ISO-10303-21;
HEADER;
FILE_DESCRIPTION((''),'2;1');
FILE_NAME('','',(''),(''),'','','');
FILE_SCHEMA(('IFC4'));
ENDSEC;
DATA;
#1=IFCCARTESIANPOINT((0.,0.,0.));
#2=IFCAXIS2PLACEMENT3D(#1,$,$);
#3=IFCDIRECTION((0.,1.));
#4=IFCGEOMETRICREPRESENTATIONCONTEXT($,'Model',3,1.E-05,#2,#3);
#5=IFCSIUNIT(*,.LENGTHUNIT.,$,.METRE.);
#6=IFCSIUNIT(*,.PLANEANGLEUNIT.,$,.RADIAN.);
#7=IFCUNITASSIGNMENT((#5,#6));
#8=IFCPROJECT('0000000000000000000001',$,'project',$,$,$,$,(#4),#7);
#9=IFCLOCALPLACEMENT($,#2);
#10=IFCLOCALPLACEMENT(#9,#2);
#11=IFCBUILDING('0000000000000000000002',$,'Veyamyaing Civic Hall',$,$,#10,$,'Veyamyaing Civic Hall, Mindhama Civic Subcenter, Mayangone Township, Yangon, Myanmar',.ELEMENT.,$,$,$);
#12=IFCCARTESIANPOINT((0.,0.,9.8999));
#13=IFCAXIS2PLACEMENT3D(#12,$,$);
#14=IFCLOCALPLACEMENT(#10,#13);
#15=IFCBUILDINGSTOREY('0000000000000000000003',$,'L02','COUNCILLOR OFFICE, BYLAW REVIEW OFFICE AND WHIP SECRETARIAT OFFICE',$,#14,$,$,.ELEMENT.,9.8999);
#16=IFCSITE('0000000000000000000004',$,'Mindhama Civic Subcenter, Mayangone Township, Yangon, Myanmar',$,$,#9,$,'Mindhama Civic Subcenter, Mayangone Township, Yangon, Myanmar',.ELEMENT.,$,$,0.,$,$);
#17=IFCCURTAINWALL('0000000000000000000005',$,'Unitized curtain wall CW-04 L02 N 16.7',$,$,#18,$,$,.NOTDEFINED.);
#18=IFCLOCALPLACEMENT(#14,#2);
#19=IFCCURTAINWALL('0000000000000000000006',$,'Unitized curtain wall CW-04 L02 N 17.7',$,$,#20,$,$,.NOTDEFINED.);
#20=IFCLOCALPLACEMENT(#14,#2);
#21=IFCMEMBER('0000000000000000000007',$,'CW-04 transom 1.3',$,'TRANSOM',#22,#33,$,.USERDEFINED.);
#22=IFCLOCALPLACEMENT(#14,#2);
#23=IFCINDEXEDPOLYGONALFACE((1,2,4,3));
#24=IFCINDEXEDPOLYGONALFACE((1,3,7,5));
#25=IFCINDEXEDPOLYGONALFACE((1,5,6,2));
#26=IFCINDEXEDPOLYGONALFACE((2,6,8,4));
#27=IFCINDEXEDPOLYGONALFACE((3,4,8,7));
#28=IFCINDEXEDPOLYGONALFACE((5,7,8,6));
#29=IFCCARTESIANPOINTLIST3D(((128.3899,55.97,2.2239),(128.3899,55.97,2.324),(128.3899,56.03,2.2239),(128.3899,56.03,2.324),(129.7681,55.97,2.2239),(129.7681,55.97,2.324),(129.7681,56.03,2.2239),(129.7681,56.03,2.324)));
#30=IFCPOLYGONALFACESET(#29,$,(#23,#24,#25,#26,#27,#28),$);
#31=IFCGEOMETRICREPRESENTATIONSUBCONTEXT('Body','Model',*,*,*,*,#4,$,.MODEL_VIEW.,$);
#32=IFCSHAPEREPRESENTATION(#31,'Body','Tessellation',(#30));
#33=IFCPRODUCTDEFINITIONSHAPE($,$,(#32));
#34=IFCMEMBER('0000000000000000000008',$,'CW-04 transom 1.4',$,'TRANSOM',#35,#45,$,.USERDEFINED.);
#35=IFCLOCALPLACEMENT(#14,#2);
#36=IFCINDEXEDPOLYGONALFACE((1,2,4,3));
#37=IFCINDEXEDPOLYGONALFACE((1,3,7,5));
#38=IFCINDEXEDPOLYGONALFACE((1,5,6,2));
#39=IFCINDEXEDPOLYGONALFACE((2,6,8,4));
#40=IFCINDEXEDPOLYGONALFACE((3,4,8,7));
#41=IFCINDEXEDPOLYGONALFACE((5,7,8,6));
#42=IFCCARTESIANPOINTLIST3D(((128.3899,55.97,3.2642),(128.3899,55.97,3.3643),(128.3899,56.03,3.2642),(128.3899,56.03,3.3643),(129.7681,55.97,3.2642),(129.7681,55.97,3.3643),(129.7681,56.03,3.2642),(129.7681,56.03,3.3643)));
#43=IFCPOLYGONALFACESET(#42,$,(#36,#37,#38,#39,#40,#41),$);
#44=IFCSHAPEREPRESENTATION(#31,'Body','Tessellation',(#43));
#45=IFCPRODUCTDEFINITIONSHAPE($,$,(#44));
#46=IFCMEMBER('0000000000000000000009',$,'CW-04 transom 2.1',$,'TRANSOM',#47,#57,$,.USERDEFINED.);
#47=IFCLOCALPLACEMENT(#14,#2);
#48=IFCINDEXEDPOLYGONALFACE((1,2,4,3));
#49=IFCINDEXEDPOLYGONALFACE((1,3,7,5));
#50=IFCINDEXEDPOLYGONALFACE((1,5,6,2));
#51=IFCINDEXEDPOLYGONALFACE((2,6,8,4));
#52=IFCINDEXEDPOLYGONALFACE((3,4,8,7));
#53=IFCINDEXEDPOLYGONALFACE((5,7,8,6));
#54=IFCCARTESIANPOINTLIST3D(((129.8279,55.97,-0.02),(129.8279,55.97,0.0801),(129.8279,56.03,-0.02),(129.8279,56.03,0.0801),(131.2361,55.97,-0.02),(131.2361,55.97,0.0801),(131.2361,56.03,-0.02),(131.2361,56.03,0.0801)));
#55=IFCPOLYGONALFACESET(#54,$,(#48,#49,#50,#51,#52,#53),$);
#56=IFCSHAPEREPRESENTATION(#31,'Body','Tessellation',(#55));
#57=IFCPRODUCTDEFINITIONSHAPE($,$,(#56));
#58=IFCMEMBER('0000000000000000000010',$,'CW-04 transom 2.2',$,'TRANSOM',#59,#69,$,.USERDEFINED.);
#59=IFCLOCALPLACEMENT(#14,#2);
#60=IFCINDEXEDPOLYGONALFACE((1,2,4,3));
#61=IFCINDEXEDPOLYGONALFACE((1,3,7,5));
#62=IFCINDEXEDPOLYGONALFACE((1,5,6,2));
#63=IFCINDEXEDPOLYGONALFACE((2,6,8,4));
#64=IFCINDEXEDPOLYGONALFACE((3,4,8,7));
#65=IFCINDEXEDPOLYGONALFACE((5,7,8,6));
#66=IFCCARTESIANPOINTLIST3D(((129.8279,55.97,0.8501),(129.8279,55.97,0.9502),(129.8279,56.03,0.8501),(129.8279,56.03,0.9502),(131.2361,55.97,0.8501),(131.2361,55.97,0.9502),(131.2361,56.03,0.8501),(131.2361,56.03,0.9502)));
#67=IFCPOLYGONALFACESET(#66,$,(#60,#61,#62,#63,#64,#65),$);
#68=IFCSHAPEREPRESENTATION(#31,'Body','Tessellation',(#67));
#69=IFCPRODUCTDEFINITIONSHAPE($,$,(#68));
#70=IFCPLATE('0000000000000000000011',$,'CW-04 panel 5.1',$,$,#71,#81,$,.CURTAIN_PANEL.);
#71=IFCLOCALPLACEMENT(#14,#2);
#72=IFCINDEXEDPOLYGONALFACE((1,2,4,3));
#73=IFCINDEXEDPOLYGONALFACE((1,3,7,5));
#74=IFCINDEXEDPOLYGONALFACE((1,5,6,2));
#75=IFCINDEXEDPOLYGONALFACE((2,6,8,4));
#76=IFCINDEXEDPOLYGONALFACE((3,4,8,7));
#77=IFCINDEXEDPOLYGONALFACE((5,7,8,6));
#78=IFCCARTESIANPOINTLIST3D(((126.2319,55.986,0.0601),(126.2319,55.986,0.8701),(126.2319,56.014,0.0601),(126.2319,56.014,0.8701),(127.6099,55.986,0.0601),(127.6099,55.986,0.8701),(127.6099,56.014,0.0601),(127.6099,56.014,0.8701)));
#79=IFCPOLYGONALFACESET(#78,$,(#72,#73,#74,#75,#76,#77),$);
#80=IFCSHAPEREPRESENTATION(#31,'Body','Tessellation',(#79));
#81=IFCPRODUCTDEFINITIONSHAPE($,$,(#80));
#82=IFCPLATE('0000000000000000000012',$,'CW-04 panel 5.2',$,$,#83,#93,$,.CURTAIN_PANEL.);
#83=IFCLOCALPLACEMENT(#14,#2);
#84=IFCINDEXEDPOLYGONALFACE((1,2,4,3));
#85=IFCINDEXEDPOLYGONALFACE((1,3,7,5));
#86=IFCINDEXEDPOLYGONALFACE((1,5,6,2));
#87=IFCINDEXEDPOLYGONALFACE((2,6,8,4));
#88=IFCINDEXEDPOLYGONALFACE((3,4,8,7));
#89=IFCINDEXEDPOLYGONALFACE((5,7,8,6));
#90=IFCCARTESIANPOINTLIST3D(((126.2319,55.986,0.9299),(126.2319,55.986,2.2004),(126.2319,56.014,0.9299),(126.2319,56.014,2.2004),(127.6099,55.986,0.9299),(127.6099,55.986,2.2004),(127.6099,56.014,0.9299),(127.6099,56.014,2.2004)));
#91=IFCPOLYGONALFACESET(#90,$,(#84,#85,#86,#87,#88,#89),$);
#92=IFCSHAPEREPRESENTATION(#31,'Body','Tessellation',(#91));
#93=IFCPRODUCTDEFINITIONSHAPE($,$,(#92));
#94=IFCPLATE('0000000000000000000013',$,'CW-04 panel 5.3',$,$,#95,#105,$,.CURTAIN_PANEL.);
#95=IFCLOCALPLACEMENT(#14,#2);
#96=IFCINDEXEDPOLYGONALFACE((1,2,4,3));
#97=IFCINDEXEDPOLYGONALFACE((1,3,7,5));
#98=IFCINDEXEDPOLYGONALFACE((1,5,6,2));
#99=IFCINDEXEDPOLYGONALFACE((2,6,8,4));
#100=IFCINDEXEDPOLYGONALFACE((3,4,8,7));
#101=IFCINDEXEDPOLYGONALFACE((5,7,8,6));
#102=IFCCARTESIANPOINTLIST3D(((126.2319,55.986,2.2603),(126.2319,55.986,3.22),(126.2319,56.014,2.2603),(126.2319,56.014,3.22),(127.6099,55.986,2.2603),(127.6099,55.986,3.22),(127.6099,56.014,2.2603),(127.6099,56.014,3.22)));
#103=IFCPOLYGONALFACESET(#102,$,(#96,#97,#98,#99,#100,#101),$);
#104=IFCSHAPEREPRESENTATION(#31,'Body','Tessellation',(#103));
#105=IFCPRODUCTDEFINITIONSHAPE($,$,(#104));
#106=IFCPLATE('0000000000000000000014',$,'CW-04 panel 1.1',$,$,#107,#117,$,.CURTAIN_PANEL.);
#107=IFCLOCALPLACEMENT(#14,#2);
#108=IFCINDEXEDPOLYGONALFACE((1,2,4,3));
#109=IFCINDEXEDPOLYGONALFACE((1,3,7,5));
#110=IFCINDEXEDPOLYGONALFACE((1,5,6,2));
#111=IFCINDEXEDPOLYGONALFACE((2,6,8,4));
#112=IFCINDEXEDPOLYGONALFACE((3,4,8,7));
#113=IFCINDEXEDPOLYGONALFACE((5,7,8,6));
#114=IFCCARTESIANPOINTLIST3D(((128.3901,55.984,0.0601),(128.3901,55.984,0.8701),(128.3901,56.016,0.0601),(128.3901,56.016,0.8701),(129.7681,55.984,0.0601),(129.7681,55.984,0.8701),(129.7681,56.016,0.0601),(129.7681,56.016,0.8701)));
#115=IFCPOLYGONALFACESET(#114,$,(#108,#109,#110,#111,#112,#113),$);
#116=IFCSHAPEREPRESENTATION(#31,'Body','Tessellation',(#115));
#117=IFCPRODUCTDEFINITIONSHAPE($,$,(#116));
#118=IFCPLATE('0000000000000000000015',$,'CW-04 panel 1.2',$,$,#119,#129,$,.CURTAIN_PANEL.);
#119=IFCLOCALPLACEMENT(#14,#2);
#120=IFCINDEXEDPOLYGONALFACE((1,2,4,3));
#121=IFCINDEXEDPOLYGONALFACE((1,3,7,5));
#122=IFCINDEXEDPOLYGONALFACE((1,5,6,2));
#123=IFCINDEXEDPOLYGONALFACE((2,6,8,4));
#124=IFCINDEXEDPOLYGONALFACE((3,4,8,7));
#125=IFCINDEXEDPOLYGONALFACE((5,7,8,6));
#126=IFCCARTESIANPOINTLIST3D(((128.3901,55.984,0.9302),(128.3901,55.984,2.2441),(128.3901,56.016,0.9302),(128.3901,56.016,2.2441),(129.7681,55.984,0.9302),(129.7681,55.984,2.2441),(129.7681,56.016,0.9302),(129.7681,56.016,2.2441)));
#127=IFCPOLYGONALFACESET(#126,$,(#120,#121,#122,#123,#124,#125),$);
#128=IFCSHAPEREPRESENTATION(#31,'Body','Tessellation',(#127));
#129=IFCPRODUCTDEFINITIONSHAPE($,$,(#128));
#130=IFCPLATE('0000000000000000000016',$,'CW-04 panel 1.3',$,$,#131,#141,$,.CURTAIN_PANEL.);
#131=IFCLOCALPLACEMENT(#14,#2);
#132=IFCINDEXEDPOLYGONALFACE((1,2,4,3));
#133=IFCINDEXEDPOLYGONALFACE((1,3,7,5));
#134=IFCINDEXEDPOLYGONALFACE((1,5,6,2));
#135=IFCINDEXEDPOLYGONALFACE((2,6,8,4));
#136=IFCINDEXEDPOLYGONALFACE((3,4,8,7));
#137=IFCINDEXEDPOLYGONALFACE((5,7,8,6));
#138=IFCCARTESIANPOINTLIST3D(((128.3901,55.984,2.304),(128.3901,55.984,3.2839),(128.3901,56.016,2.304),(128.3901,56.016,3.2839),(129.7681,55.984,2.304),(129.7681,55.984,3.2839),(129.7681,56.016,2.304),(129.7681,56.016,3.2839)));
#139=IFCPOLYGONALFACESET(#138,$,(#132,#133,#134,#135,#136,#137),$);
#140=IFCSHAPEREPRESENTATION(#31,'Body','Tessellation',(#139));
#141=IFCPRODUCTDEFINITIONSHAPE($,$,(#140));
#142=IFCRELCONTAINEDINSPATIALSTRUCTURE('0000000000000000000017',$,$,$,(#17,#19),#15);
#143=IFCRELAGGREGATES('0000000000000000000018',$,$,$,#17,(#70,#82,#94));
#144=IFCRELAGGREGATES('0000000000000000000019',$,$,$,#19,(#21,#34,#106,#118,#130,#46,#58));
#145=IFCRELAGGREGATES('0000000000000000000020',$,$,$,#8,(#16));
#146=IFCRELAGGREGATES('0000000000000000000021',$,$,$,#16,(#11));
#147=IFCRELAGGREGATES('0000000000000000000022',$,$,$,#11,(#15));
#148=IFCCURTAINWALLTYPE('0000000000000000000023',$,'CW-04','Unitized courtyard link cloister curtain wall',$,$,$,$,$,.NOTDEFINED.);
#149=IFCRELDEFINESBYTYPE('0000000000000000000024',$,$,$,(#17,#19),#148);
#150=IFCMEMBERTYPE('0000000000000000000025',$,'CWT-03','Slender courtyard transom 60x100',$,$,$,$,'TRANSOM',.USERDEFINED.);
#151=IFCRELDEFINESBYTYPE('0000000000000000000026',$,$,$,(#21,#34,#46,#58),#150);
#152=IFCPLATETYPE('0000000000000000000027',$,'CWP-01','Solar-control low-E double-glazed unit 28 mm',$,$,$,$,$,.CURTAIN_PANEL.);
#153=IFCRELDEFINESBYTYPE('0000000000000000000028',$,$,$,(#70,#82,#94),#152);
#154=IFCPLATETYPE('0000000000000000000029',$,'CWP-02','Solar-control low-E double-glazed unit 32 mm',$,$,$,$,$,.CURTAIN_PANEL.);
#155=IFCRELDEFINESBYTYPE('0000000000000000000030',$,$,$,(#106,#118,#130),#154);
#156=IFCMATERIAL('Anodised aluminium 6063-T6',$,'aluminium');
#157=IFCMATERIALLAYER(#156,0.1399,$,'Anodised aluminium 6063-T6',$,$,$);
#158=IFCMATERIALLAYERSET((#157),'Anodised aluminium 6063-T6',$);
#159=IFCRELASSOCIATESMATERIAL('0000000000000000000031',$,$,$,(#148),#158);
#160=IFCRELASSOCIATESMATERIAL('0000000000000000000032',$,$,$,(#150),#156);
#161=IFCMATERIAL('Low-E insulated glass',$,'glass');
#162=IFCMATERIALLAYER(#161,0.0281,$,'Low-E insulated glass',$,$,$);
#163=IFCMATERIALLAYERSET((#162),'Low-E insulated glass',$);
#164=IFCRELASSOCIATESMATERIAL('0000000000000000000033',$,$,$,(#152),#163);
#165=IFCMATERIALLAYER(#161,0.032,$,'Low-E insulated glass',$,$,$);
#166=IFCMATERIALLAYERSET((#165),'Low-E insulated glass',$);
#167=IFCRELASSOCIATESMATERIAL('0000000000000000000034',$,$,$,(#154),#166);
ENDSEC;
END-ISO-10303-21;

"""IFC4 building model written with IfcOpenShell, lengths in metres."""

from ifc_helpers import new_model, si_unit, direction, frame, origin, origin_2d, place, context, subcontext, project, spatial, rectangle, extrude, material, layer, layer_set, material_profile, profile_set, type_object, element, aggregate, save


model = new_model("IFC4")

# Units and contexts
model_context = context("Model", 3, precision=1e-05, world=origin(), true_north=direction((0.0, 1.0)))
body_context = subcontext(model_context, "Body", "Model", "MODEL_VIEW")
ifc_project = project(units=[si_unit("LENGTHUNIT", "METRE"), si_unit("PLANEANGLEUNIT", "RADIAN")], contexts=[model_context])

# Site, building, storey
site_placement = place(None, origin())
site = spatial("IfcSite", under=ifc_project, at=site_placement, Name="Mindhama Civic Subcenter, Mayangone Township, Yangon, Myanmar", LongName="Mindhama Civic Subcenter, Mayangone Township, Yangon, Myanmar", CompositionType="ELEMENT", RefElevation=0.0)
building_placement = place(site_placement, origin())
building = spatial("IfcBuilding", under=site, at=building_placement, Name="Veyamyaing Civic Hall", LongName="Veyamyaing Civic Hall, Mindhama Civic Subcenter, Mayangone Township, Yangon, Myanmar", CompositionType="ELEMENT")
storey_placement = place(building_placement, frame((0.0, 0.0, 9.8999)))
storey = spatial("IfcBuildingStorey", under=building, at=storey_placement, Name="L02", Description="COUNCILLOR OFFICE, BYLAW REVIEW OFFICE AND WHIP SECRETARIAT OFFICE", CompositionType="ELEMENT", Elevation=9.8999)

# Curtain wall
ifc_material_1 = material(Name="Anodised aluminium 6063-T6", Category="aluminium")
ifc_layer_1 = layer(ifc_material_1, 0.1399, Name="Anodised aluminium 6063-T6")
ifc_layer_set_1 = layer_set([ifc_layer_1], Name="Anodised aluminium 6063-T6")
curtain_wall_type = type_object("IfcCurtainWallType", Name="CW-04", Description="Unitized courtyard link cloister curtain wall", PredefinedType="NOTDEFINED", material=ifc_layer_set_1)
curtain_wall_1_placement = place(storey_placement, origin())
curtain_wall_1 = element("IfcCurtainWall", 1, at=curtain_wall_1_placement, inside=storey, type_object=curtain_wall_type, Name="Unitized curtain wall CW-04 L02 N 16.7", PredefinedType="NOTDEFINED")

# Curtain wall
curtain_wall_2_placement = place(storey_placement, origin())
curtain_wall_2 = element("IfcCurtainWall", 2, at=curtain_wall_2_placement, inside=storey, type_object=curtain_wall_type, Name="Unitized curtain wall CW-04 L02 N 17.7", PredefinedType="NOTDEFINED")

# Members
ifc_material_profile_1 = material_profile(ifc_material_1, rectangle(XDim=0.0601, YDim=0.1001, at=origin_2d()), Name="ALU-TRN-60X100")
ifc_profile_set_1 = profile_set([ifc_material_profile_1], Name="Anodised aluminium 6063-T6")
member_type_1 = type_object("IfcMemberType", Name="CWT-03", Description="Slender courtyard transom 60x100", ElementType="TRANSOM", PredefinedType="USERDEFINED", material=ifc_profile_set_1)
member_1_placement = place(storey_placement, frame((128.3899, 56.0, 2.2739), z_axis=(1.0, 0.0, 0.0), x_axis=(0.0, 1.0, 0.0)))
member_1 = element("IfcMember", 3, at=member_1_placement, type_object=member_type_1, Name="CW-04 transom 1.3", ObjectType="TRANSOM", PredefinedType="USERDEFINED", context=body_context, shape_type="SweptSolid", body=[
    extrude(rectangle(XDim=0.0601, YDim=0.1001, at=origin_2d()), origin(), (0.0, 0.0, 1.0), 1.3782),
])
member_2_placement = place(storey_placement, frame((128.3899, 56.0, 3.3142), z_axis=(1.0, 0.0, 0.0), x_axis=(0.0, 1.0, 0.0)))
member_2 = element("IfcMember", 4, at=member_2_placement, type_object=member_type_1, Name="CW-04 transom 1.4", ObjectType="TRANSOM", PredefinedType="USERDEFINED", context=body_context, shape_type="SweptSolid", body=[
    extrude(rectangle(XDim=0.0601, YDim=0.1001, at=origin_2d()), origin(), (0.0, 0.0, 1.0), 1.3782),
])
member_3_placement = place(storey_placement, frame((129.8279, 56.0, 0.03), z_axis=(1.0, 0.0, 0.0), x_axis=(0.0, 1.0, 0.0)))
member_3 = element("IfcMember", 5, at=member_3_placement, type_object=member_type_1, Name="CW-04 transom 2.1", ObjectType="TRANSOM", PredefinedType="USERDEFINED", context=body_context, shape_type="SweptSolid", body=[
    extrude(rectangle(XDim=0.0601, YDim=0.1001, at=origin_2d()), origin(), (0.0, 0.0, 1.0), 1.4082),
])
member_4_placement = place(storey_placement, frame((129.8279, 56.0, 0.9001), z_axis=(1.0, 0.0, 0.0), x_axis=(0.0, 1.0, 0.0)))
member_4 = element("IfcMember", 6, at=member_4_placement, type_object=member_type_1, Name="CW-04 transom 2.2", ObjectType="TRANSOM", PredefinedType="USERDEFINED", context=body_context, shape_type="SweptSolid", body=[
    extrude(rectangle(XDim=0.0601, YDim=0.1001, at=origin_2d()), origin(), (0.0, 0.0, 1.0), 1.4082),
])

# Plates
ifc_material_2 = material(Name="Low-E insulated glass", Category="glass")
ifc_layer_2 = layer(ifc_material_2, 0.0281, Name="Low-E insulated glass")
ifc_layer_set_2 = layer_set([ifc_layer_2], Name="Low-E insulated glass")
plate_type_1 = type_object("IfcPlateType", Name="CWP-01", Description="Solar-control low-E double-glazed unit 28 mm", PredefinedType="CURTAIN_PANEL", material=ifc_layer_set_2)
plate_1_placement = place(storey_placement, frame((126.9209, 56.0, 0.0601), z_axis=(0.0, 0.0, 1.0), x_axis=(1.0, 0.0, 0.0)))
plate_1 = element("IfcPlate", 7, at=plate_1_placement, type_object=plate_type_1, Name="CW-04 panel 5.1", PredefinedType="CURTAIN_PANEL", context=body_context, shape_type="SweptSolid", body=[
    extrude(rectangle(XDim=1.3779, YDim=0.0281, at=origin_2d()), origin(), (0.0, 0.0, 1.0), 0.8101),
])
plate_2_placement = place(storey_placement, frame((126.9209, 56.0, 0.9299), z_axis=(0.0, 0.0, 1.0), x_axis=(1.0, 0.0, 0.0)))
plate_2 = element("IfcPlate", 8, at=plate_2_placement, type_object=plate_type_1, Name="CW-04 panel 5.2", PredefinedType="CURTAIN_PANEL", context=body_context, shape_type="SweptSolid", body=[
    extrude(rectangle(XDim=1.3779, YDim=0.0281, at=origin_2d()), origin(), (0.0, 0.0, 1.0), 1.2705),
])
plate_3_placement = place(storey_placement, frame((126.9209, 56.0, 2.2603), z_axis=(0.0, 0.0, 1.0), x_axis=(1.0, 0.0, 0.0)))
plate_3 = element("IfcPlate", 9, at=plate_3_placement, type_object=plate_type_1, Name="CW-04 panel 5.3", PredefinedType="CURTAIN_PANEL", context=body_context, shape_type="SweptSolid", body=[
    extrude(rectangle(XDim=1.3779, YDim=0.0281, at=origin_2d()), origin(), (0.0, 0.0, 1.0), 0.9597),
])
aggregate(curtain_wall_1, [plate_1, plate_2, plate_3])
ifc_layer_3 = layer(ifc_material_2, 0.032, Name="Low-E insulated glass")
ifc_layer_set_3 = layer_set([ifc_layer_3], Name="Low-E insulated glass")
plate_type_2 = type_object("IfcPlateType", Name="CWP-02", Description="Solar-control low-E double-glazed unit 32 mm", PredefinedType="CURTAIN_PANEL", material=ifc_layer_set_3)
plate_4_placement = place(storey_placement, frame((129.0791, 56.0, 0.0601), z_axis=(0.0, 0.0, 1.0), x_axis=(1.0, 0.0, 0.0)))
plate_4 = element("IfcPlate", 10, at=plate_4_placement, type_object=plate_type_2, Name="CW-04 panel 1.1", PredefinedType="CURTAIN_PANEL", context=body_context, shape_type="SweptSolid", body=[
    extrude(rectangle(XDim=1.3779, YDim=0.032, at=origin_2d()), origin(), (0.0, 0.0, 1.0), 0.8101),
])
plate_5_placement = place(storey_placement, frame((129.0791, 56.0, 0.9302), z_axis=(0.0, 0.0, 1.0), x_axis=(1.0, 0.0, 0.0)))
plate_5 = element("IfcPlate", 11, at=plate_5_placement, type_object=plate_type_2, Name="CW-04 panel 1.2", PredefinedType="CURTAIN_PANEL", context=body_context, shape_type="SweptSolid", body=[
    extrude(rectangle(XDim=1.3779, YDim=0.032, at=origin_2d()), origin(), (0.0, 0.0, 1.0), 1.314),
])
plate_6_placement = place(storey_placement, frame((129.0791, 56.0, 2.304), z_axis=(0.0, 0.0, 1.0), x_axis=(1.0, 0.0, 0.0)))
plate_6 = element("IfcPlate", 12, at=plate_6_placement, type_object=plate_type_2, Name="CW-04 panel 1.3", PredefinedType="CURTAIN_PANEL", context=body_context, shape_type="SweptSolid", body=[
    extrude(rectangle(XDim=1.3779, YDim=0.032, at=origin_2d()), origin(), (0.0, 0.0, 1.0), 0.98),
])
aggregate(curtain_wall_2, [member_1, member_2, plate_4, plate_5, plate_6, member_3, member_4])

save(model, "model.ifc")
